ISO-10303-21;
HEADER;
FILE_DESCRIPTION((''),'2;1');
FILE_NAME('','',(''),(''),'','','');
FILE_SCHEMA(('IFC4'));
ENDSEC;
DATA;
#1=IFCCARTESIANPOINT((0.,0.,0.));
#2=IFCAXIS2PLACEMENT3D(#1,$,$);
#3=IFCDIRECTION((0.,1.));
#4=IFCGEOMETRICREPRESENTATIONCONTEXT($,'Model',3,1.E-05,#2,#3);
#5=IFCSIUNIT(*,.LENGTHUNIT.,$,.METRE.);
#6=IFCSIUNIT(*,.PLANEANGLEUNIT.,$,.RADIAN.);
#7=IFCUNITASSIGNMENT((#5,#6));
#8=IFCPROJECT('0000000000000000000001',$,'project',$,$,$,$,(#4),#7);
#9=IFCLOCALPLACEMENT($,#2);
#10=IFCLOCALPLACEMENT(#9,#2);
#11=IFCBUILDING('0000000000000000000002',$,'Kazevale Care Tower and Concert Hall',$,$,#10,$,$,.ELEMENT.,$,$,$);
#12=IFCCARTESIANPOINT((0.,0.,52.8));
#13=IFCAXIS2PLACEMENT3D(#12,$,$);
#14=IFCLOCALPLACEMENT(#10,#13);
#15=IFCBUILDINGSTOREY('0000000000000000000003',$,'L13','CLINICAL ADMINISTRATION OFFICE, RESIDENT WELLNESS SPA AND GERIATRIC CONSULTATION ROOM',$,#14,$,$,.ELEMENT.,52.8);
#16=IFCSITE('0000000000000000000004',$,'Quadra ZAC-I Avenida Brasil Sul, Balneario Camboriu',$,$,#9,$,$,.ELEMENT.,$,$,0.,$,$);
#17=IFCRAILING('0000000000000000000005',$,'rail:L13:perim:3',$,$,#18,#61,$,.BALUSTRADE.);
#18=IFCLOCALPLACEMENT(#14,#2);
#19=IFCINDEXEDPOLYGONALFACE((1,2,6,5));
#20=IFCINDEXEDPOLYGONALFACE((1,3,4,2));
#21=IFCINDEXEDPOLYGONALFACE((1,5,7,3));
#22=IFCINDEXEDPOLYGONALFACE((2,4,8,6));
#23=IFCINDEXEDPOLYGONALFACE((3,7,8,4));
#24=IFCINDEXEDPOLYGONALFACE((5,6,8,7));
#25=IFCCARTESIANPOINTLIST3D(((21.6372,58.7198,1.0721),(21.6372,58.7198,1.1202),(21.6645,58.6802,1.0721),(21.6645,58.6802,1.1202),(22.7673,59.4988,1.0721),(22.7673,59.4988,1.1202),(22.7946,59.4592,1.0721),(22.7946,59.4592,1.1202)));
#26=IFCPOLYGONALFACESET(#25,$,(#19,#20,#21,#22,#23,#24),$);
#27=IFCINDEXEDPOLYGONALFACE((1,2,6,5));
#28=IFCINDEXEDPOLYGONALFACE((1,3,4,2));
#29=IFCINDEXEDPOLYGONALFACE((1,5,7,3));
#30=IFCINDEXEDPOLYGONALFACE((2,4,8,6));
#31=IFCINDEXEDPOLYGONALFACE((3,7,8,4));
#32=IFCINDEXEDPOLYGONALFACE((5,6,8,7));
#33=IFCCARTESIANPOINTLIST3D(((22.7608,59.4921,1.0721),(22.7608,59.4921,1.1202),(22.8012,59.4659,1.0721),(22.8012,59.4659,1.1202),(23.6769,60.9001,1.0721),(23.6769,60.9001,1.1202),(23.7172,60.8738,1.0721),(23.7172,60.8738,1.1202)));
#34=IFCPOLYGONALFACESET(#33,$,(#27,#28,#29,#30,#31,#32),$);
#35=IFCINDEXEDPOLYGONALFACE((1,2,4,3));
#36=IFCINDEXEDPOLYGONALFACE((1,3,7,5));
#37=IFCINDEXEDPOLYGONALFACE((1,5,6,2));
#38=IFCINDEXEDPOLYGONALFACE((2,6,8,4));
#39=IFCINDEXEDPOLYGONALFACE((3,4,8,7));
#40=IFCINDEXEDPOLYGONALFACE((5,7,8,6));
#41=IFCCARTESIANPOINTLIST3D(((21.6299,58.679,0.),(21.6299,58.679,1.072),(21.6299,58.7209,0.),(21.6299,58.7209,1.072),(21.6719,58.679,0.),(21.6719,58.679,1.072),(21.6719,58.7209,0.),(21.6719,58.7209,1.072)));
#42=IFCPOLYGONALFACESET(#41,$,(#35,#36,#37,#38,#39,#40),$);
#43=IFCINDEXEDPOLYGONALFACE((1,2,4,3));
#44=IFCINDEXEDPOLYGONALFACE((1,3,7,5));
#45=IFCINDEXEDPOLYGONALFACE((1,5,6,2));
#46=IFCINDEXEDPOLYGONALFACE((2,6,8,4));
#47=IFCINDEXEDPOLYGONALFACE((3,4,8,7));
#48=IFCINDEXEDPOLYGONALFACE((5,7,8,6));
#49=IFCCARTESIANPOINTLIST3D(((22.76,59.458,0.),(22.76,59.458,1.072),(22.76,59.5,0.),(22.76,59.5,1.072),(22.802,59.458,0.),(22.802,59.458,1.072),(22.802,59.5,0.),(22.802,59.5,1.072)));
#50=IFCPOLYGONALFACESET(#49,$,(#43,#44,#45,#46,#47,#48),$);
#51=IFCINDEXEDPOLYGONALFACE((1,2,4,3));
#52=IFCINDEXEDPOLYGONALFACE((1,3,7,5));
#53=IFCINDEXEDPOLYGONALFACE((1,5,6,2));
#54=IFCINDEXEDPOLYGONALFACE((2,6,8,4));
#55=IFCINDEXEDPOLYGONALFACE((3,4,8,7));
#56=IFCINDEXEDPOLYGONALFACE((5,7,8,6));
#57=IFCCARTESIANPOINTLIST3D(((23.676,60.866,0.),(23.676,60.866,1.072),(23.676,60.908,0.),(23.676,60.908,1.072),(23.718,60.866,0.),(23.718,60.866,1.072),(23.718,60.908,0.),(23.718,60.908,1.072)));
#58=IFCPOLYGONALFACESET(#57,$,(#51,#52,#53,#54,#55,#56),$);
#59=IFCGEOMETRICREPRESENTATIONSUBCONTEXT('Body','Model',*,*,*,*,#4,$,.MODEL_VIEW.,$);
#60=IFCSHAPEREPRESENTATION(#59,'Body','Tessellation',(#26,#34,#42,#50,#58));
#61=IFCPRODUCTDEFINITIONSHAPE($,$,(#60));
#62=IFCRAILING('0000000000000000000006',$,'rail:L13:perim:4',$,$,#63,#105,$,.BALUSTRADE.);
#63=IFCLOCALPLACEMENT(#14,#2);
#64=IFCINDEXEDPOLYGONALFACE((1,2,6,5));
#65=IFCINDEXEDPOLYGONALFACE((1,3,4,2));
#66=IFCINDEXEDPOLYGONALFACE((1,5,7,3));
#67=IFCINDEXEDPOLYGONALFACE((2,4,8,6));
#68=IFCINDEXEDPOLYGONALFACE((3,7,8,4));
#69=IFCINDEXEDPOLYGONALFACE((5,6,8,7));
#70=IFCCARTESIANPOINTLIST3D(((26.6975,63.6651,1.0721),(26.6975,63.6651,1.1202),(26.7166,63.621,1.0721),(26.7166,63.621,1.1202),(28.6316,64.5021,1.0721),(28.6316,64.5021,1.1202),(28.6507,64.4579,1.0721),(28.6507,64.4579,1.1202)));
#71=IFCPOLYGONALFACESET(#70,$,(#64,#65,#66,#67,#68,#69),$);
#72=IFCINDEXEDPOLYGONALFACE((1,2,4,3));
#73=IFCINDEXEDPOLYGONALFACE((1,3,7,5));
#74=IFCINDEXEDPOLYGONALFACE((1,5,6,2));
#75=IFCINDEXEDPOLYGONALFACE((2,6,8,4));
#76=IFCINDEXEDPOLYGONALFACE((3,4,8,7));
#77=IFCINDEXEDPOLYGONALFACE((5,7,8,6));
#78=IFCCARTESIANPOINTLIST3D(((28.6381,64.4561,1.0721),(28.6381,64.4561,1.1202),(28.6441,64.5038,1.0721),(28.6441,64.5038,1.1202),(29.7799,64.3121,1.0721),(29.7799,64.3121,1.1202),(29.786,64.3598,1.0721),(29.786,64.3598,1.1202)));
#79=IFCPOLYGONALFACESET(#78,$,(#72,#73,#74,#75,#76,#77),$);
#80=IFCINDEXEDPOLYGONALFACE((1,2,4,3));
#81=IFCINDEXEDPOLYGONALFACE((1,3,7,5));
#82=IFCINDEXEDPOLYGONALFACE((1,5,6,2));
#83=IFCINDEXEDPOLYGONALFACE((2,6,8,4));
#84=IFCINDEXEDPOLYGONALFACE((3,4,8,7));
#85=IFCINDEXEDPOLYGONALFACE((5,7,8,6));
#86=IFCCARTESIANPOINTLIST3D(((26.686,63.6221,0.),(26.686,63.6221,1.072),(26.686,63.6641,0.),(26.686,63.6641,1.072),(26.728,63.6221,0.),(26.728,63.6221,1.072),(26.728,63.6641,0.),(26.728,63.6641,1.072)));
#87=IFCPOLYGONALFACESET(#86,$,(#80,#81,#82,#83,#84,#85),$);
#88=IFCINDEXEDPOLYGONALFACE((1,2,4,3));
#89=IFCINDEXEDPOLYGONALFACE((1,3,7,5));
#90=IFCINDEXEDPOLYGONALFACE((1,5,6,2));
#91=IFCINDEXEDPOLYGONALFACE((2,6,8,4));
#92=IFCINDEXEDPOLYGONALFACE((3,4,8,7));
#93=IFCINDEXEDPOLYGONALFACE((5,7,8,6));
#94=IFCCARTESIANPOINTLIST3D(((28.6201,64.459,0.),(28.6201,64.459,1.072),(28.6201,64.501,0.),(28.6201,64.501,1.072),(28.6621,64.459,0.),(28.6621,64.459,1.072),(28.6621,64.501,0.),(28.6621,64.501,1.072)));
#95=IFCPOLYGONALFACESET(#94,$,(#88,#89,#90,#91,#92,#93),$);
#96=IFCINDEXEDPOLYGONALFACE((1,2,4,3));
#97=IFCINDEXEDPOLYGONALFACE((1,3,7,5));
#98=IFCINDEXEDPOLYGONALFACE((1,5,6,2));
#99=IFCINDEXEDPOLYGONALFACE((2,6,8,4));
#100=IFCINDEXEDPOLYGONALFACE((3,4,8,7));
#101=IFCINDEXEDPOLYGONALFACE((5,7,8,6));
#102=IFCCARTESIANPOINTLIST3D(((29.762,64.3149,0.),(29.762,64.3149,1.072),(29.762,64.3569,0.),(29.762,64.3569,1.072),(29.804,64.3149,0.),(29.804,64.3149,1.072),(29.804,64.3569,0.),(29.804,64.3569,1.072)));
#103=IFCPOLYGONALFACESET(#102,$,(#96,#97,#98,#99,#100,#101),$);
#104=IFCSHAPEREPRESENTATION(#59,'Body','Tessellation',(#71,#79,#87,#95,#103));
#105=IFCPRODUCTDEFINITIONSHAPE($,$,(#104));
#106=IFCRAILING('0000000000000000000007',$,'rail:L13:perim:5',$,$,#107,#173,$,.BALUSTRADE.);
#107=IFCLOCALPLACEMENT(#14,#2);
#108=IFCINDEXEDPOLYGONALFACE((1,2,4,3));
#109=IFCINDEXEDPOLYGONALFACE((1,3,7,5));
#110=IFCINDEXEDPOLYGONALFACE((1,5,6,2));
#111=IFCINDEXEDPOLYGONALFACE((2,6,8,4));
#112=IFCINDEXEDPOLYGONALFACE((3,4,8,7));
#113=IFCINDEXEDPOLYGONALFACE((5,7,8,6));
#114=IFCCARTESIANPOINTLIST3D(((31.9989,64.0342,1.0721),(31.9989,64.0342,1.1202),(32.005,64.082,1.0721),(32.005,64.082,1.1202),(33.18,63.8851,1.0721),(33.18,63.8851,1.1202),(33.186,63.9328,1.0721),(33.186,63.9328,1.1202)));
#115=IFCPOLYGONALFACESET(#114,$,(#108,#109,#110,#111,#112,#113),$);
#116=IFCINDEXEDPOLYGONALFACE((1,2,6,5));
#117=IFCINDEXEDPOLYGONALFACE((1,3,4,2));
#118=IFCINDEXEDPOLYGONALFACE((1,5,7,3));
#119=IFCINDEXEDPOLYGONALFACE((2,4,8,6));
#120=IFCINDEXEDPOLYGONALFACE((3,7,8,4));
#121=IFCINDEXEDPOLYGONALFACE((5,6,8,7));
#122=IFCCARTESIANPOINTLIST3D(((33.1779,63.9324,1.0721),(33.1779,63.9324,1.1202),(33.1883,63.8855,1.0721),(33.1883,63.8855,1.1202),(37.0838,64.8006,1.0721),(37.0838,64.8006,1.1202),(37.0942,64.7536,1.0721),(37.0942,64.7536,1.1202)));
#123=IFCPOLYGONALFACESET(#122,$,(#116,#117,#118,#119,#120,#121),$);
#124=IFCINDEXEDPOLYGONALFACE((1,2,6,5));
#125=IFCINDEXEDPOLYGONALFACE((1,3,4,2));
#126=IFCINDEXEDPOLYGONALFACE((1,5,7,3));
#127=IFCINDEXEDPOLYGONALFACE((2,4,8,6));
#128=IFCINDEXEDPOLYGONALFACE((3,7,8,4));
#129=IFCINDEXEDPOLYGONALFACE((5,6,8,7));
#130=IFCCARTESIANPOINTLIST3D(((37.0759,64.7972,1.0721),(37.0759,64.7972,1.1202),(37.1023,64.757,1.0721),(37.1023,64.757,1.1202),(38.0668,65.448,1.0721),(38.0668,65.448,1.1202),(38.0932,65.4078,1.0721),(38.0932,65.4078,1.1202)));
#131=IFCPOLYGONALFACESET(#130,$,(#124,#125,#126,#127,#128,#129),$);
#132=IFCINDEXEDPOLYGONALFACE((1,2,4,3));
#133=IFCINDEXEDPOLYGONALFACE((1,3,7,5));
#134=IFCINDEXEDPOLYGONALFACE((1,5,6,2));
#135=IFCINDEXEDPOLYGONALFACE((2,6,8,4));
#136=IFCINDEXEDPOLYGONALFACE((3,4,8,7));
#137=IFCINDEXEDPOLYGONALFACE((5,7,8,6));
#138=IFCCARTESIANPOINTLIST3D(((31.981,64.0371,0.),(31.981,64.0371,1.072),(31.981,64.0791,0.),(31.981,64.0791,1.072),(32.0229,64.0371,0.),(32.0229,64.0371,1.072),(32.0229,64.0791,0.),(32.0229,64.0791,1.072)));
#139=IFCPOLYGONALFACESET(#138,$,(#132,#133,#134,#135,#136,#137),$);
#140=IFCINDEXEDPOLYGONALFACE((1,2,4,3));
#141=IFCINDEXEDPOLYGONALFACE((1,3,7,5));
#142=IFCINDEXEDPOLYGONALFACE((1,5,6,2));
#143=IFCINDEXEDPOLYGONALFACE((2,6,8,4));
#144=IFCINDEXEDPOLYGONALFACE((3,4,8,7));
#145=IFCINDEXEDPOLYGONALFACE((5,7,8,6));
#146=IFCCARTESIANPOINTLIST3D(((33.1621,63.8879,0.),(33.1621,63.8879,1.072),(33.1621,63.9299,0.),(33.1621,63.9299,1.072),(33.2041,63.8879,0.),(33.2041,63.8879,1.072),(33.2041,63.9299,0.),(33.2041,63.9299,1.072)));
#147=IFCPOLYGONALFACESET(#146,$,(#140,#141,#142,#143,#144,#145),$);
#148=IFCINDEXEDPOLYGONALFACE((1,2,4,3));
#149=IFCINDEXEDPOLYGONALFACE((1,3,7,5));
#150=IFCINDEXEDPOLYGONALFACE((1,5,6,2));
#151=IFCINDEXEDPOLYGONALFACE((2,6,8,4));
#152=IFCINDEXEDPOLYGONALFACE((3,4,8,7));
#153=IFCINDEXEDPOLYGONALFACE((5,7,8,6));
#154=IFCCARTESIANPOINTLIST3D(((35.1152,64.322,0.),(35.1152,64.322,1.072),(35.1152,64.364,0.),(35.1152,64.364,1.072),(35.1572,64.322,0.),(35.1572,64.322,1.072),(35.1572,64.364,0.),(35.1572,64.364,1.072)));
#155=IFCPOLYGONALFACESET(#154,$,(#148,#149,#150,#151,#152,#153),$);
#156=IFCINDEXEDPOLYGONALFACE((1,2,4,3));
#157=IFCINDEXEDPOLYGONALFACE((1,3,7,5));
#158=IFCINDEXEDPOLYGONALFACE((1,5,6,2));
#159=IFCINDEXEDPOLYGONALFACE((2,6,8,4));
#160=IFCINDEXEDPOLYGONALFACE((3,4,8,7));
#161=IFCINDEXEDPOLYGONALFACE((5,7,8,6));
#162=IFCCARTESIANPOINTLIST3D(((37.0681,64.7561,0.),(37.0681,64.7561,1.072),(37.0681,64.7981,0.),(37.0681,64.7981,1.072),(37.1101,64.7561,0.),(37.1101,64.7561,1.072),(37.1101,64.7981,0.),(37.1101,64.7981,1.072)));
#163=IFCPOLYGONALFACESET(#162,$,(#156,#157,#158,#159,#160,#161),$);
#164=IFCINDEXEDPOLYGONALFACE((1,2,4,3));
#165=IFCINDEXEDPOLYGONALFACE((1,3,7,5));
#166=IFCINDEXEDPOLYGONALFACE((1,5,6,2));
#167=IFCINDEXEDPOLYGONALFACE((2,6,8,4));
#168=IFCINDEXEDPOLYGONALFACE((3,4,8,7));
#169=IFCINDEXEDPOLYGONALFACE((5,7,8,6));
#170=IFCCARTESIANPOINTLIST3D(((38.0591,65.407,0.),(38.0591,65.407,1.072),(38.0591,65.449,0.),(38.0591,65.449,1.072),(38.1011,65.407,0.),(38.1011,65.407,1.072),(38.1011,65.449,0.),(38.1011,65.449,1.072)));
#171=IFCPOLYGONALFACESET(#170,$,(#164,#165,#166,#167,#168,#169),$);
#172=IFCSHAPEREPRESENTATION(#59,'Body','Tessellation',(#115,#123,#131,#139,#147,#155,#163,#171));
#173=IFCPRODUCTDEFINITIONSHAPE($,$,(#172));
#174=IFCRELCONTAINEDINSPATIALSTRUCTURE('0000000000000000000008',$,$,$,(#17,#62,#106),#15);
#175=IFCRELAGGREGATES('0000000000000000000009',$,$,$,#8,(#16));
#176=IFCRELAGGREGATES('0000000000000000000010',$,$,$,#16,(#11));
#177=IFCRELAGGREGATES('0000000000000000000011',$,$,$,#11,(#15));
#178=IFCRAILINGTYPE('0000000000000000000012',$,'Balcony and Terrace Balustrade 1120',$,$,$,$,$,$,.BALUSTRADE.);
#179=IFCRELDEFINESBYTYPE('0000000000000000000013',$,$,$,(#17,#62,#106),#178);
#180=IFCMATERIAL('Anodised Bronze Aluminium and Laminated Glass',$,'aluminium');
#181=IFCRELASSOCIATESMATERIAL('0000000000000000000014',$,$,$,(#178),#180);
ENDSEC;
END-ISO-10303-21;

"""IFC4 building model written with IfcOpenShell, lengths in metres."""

from ifc_helpers import new_model, si_unit, direction, frame, origin, origin_2d, place, context, subcontext, project, spatial, rectangle, extrude, material, type_object, element, save


model = new_model("IFC4")

# Units and contexts
model_context = context("Model", 3, precision=1e-05, world=origin(), true_north=direction((0.0, 1.0)))
body_context = subcontext(model_context, "Body", "Model", "MODEL_VIEW")
ifc_project = project(units=[si_unit("LENGTHUNIT", "METRE"), si_unit("PLANEANGLEUNIT", "RADIAN")], contexts=[model_context])

# Site, building, storey
site_placement = place(None, origin())
site = spatial("IfcSite", under=ifc_project, at=site_placement, Name="Quadra ZAC-I Avenida Brasil Sul, Balneario Camboriu", CompositionType="ELEMENT", RefElevation=0.0)
building_placement = place(site_placement, origin())
building = spatial("IfcBuilding", under=site, at=building_placement, Name="Kazevale Care Tower and Concert Hall", CompositionType="ELEMENT")
storey_placement = place(building_placement, frame((0.0, 0.0, 52.8)))
storey = spatial("IfcBuildingStorey", under=building, at=storey_placement, Name="L13", Description="CLINICAL ADMINISTRATION OFFICE, RESIDENT WELLNESS SPA AND GERIATRIC CONSULTATION ROOM", CompositionType="ELEMENT", Elevation=52.8)

# Railings
ifc_material_1 = material(Name="Anodised Bronze Aluminium and Laminated Glass", Category="aluminium")
railing_type = type_object("IfcRailingType", Name="Balcony and Terrace Balustrade 1120", PredefinedType="BALUSTRADE", material=ifc_material_1)
railing_1_placement = place(storey_placement, frame((21.6509, 58.7, 0.0)))
element("IfcRailing", 1, at=railing_1_placement, inside=storey, type_object=railing_type, Name="rail:L13:perim:3", PredefinedType="BALUSTRADE", context=body_context, shape_type="SweptSolid", body=[
    extrude(rectangle(XDim=0.0481, YDim=0.0481, at=origin_2d()), frame((0.0, 0.0, 1.0962), z_axis=(0.82333, 0.567563, 0.0), x_axis=(-0.567563, 0.82333, 0.0)), (0.0, 0.0, 1.0), 1.3726),
    extrude(rectangle(XDim=0.0481, YDim=0.0481, at=origin_2d()), frame((1.1301, 0.7791, 1.0962), z_axis=(0.545341, 0.838214, 0.0), x_axis=(-0.838214, 0.545341, 0.0)), (0.0, 0.0, 1.0), 1.6797),
    extrude(rectangle(XDim=0.042, YDim=0.042, at=origin_2d()), origin(), (0.0, 0.0, 1.0), 1.072),
    extrude(rectangle(XDim=0.042, YDim=0.042, at=origin_2d()), frame((1.1301, 0.7791, 0.0)), (0.0, 0.0, 1.0), 1.072),
    extrude(rectangle(XDim=0.042, YDim=0.042, at=origin_2d()), frame((2.0461, 2.187, 0.0)), (0.0, 0.0, 1.0), 1.072),
])
railing_2_placement = place(storey_placement, frame((26.707, 63.6431, 0.0)))
element("IfcRailing", 2, at=railing_2_placement, inside=storey, type_object=railing_type, Name="rail:L13:perim:4", PredefinedType="BALUSTRADE", context=body_context, shape_type="SweptSolid", body=[
    extrude(rectangle(XDim=0.0481, YDim=0.0481, at=origin_2d()), frame((0.0, 0.0, 1.0962), z_axis=(0.917761, 0.397133, 0.0), x_axis=(-0.397133, 0.917761, 0.0)), (0.0, 0.0, 1.0), 2.1074),
    extrude(rectangle(XDim=0.0481, YDim=0.0481, at=origin_2d()), frame((1.9341, 0.8369, 1.0962), z_axis=(0.992137, -0.125157, 0.0), x_axis=(0.125157, 0.992137, 0.0)), (0.0, 0.0, 1.0), 1.1509),
    extrude(rectangle(XDim=0.042, YDim=0.042, at=origin_2d()), origin(), (0.0, 0.0, 1.0), 1.072),
    extrude(rectangle(XDim=0.042, YDim=0.042, at=origin_2d()), frame((1.9341, 0.8369, 0.0)), (0.0, 0.0, 1.0), 1.072),
    extrude(rectangle(XDim=0.042, YDim=0.042, at=origin_2d()), frame((3.0759, 0.6929, 0.0)), (0.0, 0.0, 1.0), 1.072),
])
railing_3_placement = place(storey_placement, frame((32.002, 64.0581, 0.0)))
element("IfcRailing", 3, at=railing_3_placement, inside=storey, type_object=railing_type, Name="rail:L13:perim:5", PredefinedType="BALUSTRADE", context=body_context, shape_type="SweptSolid", body=[
    extrude(rectangle(XDim=0.0481, YDim=0.0481, at=origin_2d()), frame((0.0, 0.0, 1.0962), z_axis=(0.992119, -0.125297, 0.0), x_axis=(0.125297, 0.992119, 0.0)), (0.0, 0.0, 1.0), 1.1904),
    extrude(rectangle(XDim=0.0481, YDim=0.0481, at=origin_2d()), frame((1.1812, -0.1492, 1.0962), z_axis=(0.976178, 0.216969, 0.0), x_axis=(-0.216969, 0.976178, 0.0)), (0.0, 0.0, 1.0), 4.0012),
    extrude(rectangle(XDim=0.0481, YDim=0.0481, at=origin_2d()), frame((5.0872, 0.719, 1.0962), z_axis=(0.835832, 0.548985, 0.0), x_axis=(-0.548985, 0.835832, 0.0)), (0.0, 0.0, 1.0), 1.1855),
    extrude(rectangle(XDim=0.042, YDim=0.042, at=origin_2d()), origin(), (0.0, 0.0, 1.0), 1.072),
    extrude(rectangle(XDim=0.042, YDim=0.042, at=origin_2d()), frame((1.1812, -0.1492, 0.0)), (0.0, 0.0, 1.0), 1.072),
    extrude(rectangle(XDim=0.042, YDim=0.042, at=origin_2d()), frame((3.1343, 0.2849, 0.0)), (0.0, 0.0, 1.0), 1.072),
    extrude(rectangle(XDim=0.042, YDim=0.042, at=origin_2d()), frame((5.0872, 0.719, 0.0)), (0.0, 0.0, 1.0), 1.072),
    extrude(rectangle(XDim=0.042, YDim=0.042, at=origin_2d()), frame((6.0781, 1.3699, 0.0)), (0.0, 0.0, 1.0), 1.072),
])

save(model, "model.ifc")
